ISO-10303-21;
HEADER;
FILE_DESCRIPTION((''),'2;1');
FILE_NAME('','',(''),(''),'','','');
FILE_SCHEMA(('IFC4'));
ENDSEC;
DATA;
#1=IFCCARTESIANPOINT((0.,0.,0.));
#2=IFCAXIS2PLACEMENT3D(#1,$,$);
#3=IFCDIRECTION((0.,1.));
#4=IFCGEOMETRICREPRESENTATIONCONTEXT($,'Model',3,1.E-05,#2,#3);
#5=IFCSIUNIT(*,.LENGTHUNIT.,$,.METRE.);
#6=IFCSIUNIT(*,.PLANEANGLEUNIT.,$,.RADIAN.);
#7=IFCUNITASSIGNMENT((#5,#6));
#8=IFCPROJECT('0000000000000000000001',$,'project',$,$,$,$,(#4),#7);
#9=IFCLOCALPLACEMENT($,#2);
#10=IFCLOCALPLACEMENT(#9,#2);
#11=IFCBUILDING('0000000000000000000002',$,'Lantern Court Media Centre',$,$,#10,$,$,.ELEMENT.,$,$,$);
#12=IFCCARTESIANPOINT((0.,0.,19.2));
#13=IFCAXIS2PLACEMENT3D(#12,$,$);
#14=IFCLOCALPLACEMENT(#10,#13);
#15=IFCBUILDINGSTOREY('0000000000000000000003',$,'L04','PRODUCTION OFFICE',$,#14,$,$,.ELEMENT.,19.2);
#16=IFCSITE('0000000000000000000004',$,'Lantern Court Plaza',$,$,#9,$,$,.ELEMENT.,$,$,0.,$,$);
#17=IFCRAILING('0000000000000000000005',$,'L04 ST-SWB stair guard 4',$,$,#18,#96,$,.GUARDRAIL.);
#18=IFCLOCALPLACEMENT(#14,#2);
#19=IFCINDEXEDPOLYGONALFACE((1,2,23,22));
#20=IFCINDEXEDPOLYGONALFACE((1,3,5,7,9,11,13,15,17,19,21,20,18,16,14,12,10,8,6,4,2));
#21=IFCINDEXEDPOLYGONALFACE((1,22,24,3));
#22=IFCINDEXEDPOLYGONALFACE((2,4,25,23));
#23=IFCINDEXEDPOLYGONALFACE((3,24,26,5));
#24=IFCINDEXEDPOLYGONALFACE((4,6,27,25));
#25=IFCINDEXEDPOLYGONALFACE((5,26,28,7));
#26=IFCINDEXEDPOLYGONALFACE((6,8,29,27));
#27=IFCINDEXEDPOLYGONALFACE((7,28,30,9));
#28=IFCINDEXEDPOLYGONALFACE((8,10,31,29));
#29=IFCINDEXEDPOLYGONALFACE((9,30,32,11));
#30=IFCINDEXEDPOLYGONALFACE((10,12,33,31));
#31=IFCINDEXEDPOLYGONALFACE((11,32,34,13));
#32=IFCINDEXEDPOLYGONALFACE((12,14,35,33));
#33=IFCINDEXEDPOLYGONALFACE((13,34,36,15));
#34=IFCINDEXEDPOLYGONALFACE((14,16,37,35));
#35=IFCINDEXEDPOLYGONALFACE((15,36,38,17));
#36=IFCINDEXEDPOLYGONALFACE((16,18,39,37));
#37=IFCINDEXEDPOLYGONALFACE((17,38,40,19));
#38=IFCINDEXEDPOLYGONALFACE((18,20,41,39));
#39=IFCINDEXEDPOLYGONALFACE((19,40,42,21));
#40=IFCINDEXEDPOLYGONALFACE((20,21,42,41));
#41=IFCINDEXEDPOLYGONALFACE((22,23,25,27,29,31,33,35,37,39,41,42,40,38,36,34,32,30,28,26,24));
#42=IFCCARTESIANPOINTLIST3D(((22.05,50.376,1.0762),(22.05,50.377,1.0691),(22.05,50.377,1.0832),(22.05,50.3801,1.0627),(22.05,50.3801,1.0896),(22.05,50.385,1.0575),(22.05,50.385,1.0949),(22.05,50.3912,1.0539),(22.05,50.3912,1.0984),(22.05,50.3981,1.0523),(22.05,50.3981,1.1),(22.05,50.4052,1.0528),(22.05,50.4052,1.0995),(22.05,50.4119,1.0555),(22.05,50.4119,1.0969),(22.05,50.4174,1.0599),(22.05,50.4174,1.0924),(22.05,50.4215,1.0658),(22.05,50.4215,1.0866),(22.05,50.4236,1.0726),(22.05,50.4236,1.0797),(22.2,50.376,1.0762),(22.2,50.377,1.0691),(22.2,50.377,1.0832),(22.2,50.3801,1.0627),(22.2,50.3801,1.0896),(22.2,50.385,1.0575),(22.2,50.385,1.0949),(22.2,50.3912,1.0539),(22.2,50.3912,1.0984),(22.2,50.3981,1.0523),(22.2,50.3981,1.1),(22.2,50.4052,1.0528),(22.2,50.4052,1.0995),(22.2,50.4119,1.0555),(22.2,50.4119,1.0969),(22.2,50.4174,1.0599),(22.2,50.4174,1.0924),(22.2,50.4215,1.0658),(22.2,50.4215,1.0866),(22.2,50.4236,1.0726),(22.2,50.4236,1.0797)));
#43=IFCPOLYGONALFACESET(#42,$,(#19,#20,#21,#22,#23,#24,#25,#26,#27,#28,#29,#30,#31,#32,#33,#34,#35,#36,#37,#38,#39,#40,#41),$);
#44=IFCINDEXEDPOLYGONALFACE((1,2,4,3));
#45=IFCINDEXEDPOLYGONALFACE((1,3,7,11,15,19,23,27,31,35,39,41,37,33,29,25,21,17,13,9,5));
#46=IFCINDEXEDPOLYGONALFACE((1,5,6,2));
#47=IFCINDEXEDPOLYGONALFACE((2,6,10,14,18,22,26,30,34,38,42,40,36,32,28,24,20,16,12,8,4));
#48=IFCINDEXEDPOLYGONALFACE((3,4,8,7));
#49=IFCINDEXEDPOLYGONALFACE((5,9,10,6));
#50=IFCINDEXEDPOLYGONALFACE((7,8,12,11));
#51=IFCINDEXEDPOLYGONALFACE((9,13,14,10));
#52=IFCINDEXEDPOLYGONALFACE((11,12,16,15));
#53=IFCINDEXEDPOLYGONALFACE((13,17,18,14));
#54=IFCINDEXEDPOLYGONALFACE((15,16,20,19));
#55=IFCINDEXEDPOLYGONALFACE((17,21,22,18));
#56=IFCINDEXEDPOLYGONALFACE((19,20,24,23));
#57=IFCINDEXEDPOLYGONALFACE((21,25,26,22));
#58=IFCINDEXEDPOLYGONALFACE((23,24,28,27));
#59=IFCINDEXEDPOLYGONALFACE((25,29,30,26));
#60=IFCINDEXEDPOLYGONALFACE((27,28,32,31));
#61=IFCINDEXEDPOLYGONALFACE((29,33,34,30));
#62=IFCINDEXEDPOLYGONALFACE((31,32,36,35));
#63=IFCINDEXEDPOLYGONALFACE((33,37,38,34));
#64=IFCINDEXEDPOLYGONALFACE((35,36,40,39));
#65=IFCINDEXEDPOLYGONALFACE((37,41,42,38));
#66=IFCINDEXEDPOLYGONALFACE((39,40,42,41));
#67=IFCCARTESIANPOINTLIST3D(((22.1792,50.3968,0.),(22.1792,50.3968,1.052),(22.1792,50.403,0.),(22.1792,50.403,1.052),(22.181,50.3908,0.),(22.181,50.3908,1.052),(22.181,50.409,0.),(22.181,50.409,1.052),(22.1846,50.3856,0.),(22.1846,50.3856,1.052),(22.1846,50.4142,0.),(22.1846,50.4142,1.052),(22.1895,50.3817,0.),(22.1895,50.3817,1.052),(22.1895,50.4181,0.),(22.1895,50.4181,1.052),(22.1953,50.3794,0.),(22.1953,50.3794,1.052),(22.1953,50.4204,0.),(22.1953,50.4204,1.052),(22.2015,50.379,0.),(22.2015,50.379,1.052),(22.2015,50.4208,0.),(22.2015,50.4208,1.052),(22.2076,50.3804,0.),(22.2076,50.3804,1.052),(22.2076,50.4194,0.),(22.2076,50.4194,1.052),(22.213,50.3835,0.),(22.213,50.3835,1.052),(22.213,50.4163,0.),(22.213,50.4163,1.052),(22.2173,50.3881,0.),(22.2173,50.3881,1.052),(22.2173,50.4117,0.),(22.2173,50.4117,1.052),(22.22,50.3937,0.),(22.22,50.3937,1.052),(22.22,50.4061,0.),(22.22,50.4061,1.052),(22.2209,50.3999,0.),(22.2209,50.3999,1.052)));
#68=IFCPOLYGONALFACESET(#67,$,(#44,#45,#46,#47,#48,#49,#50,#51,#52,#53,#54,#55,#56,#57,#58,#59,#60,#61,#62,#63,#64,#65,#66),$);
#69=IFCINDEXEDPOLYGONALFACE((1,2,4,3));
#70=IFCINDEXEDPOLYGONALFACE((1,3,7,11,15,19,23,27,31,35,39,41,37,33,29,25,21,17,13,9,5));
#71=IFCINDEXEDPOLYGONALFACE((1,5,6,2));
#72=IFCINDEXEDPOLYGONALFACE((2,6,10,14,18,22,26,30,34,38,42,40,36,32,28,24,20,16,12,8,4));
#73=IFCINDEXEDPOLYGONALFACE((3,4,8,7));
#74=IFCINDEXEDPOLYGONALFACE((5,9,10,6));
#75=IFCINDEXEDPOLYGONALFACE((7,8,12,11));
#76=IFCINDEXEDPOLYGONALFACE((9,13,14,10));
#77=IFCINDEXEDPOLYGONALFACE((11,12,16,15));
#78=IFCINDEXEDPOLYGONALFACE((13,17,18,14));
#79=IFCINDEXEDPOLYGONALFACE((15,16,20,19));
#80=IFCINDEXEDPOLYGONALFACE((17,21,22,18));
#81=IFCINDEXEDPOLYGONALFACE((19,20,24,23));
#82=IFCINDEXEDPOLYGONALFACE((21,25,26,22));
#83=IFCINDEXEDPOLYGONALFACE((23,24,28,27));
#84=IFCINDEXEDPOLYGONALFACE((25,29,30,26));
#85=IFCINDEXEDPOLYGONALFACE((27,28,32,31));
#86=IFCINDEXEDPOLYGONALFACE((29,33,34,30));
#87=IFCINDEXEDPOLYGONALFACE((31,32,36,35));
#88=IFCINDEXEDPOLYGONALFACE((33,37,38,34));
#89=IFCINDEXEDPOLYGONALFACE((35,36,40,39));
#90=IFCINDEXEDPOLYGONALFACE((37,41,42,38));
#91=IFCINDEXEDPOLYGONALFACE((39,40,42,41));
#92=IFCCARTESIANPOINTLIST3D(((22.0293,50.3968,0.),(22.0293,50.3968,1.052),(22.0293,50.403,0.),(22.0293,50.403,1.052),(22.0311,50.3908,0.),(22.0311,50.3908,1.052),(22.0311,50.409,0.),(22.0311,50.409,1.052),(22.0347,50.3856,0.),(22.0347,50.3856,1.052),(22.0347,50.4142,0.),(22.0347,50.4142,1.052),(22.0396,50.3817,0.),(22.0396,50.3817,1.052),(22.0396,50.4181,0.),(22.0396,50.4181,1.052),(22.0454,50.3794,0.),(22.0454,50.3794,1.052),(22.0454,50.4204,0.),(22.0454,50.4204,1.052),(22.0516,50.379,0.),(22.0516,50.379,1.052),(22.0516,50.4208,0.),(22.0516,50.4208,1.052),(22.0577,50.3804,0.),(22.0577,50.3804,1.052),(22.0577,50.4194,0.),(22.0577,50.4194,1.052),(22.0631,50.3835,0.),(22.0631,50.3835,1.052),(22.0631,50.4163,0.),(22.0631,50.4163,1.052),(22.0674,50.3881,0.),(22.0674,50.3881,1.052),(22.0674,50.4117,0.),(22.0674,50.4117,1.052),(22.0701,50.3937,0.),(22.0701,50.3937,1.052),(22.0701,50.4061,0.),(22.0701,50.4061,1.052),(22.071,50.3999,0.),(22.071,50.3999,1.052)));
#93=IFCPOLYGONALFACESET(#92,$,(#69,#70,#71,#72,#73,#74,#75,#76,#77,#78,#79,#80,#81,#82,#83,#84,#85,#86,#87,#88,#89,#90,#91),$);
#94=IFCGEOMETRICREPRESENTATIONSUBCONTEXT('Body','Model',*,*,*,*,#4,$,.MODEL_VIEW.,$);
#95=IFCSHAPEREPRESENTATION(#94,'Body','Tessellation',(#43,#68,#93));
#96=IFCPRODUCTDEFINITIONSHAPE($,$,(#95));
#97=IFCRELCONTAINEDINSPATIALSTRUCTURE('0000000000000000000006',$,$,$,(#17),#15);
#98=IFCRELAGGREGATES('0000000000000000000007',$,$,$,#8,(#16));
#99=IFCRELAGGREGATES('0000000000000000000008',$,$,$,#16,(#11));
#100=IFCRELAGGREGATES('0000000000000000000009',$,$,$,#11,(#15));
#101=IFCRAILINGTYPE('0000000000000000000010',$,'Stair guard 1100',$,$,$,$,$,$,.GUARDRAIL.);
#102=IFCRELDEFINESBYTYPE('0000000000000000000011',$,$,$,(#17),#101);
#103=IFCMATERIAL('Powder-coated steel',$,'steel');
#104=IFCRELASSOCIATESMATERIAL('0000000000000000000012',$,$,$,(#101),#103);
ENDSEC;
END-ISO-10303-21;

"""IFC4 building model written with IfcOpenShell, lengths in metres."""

from ifc_helpers import new_model, si_unit, direction, frame, origin, origin_2d, place, context, subcontext, project, spatial, circle, extrude, material, type_object, element, save


model = new_model("IFC4")

# Units and contexts
model_context = context("Model", 3, precision=1e-05, world=origin(), true_north=direction((0.0, 1.0)))
body_context = subcontext(model_context, "Body", "Model", "MODEL_VIEW")
ifc_project = project(units=[si_unit("LENGTHUNIT", "METRE"), si_unit("PLANEANGLEUNIT", "RADIAN")], contexts=[model_context])

# Site, building, storey
site_placement = place(None, origin())
site = spatial("IfcSite", under=ifc_project, at=site_placement, Name="Lantern Court Plaza", CompositionType="ELEMENT", RefElevation=0.0)
building_placement = place(site_placement, origin())
building = spatial("IfcBuilding", under=site, at=building_placement, Name="Lantern Court Media Centre", CompositionType="ELEMENT")
storey_placement = place(building_placement, frame((0.0, 0.0, 19.2)))
storey = spatial("IfcBuildingStorey", under=building, at=storey_placement, Name="L04", Description="PRODUCTION OFFICE", CompositionType="ELEMENT", Elevation=19.2)

# Railing
ifc_material_1 = material(Name="Powder-coated steel", Category="steel")
railing_type_1 = type_object("IfcRailingType", Name="Stair guard 1100", PredefinedType="GUARDRAIL", material=ifc_material_1)
railing_1_placement = place(storey_placement, frame((22.2, 50.3999, 0.0)))
element("IfcRailing", 1, at=railing_1_placement, inside=storey, type_object=railing_type_1, Name="L04 ST-SWB stair guard 4", PredefinedType="GUARDRAIL", context=body_context, shape_type="SweptSolid", body=[
    extrude(circle(Radius=0.0239, at=origin_2d()), frame((0.0, 0.0, 1.0762), z_axis=(-1.0, 0.0, 0.0), x_axis=(0.0, -1.0, 0.0)), (0.0, 0.0, 1.0), 0.1499),
    extrude(circle(Radius=0.021, at=origin_2d()), origin(), (0.0, 0.0, 1.0), 1.052),
    extrude(circle(Radius=0.021, at=origin_2d()), frame((-0.1499, 0.0, 0.0)), (0.0, 0.0, 1.0), 1.052),
])

save(model, "model.ifc")
